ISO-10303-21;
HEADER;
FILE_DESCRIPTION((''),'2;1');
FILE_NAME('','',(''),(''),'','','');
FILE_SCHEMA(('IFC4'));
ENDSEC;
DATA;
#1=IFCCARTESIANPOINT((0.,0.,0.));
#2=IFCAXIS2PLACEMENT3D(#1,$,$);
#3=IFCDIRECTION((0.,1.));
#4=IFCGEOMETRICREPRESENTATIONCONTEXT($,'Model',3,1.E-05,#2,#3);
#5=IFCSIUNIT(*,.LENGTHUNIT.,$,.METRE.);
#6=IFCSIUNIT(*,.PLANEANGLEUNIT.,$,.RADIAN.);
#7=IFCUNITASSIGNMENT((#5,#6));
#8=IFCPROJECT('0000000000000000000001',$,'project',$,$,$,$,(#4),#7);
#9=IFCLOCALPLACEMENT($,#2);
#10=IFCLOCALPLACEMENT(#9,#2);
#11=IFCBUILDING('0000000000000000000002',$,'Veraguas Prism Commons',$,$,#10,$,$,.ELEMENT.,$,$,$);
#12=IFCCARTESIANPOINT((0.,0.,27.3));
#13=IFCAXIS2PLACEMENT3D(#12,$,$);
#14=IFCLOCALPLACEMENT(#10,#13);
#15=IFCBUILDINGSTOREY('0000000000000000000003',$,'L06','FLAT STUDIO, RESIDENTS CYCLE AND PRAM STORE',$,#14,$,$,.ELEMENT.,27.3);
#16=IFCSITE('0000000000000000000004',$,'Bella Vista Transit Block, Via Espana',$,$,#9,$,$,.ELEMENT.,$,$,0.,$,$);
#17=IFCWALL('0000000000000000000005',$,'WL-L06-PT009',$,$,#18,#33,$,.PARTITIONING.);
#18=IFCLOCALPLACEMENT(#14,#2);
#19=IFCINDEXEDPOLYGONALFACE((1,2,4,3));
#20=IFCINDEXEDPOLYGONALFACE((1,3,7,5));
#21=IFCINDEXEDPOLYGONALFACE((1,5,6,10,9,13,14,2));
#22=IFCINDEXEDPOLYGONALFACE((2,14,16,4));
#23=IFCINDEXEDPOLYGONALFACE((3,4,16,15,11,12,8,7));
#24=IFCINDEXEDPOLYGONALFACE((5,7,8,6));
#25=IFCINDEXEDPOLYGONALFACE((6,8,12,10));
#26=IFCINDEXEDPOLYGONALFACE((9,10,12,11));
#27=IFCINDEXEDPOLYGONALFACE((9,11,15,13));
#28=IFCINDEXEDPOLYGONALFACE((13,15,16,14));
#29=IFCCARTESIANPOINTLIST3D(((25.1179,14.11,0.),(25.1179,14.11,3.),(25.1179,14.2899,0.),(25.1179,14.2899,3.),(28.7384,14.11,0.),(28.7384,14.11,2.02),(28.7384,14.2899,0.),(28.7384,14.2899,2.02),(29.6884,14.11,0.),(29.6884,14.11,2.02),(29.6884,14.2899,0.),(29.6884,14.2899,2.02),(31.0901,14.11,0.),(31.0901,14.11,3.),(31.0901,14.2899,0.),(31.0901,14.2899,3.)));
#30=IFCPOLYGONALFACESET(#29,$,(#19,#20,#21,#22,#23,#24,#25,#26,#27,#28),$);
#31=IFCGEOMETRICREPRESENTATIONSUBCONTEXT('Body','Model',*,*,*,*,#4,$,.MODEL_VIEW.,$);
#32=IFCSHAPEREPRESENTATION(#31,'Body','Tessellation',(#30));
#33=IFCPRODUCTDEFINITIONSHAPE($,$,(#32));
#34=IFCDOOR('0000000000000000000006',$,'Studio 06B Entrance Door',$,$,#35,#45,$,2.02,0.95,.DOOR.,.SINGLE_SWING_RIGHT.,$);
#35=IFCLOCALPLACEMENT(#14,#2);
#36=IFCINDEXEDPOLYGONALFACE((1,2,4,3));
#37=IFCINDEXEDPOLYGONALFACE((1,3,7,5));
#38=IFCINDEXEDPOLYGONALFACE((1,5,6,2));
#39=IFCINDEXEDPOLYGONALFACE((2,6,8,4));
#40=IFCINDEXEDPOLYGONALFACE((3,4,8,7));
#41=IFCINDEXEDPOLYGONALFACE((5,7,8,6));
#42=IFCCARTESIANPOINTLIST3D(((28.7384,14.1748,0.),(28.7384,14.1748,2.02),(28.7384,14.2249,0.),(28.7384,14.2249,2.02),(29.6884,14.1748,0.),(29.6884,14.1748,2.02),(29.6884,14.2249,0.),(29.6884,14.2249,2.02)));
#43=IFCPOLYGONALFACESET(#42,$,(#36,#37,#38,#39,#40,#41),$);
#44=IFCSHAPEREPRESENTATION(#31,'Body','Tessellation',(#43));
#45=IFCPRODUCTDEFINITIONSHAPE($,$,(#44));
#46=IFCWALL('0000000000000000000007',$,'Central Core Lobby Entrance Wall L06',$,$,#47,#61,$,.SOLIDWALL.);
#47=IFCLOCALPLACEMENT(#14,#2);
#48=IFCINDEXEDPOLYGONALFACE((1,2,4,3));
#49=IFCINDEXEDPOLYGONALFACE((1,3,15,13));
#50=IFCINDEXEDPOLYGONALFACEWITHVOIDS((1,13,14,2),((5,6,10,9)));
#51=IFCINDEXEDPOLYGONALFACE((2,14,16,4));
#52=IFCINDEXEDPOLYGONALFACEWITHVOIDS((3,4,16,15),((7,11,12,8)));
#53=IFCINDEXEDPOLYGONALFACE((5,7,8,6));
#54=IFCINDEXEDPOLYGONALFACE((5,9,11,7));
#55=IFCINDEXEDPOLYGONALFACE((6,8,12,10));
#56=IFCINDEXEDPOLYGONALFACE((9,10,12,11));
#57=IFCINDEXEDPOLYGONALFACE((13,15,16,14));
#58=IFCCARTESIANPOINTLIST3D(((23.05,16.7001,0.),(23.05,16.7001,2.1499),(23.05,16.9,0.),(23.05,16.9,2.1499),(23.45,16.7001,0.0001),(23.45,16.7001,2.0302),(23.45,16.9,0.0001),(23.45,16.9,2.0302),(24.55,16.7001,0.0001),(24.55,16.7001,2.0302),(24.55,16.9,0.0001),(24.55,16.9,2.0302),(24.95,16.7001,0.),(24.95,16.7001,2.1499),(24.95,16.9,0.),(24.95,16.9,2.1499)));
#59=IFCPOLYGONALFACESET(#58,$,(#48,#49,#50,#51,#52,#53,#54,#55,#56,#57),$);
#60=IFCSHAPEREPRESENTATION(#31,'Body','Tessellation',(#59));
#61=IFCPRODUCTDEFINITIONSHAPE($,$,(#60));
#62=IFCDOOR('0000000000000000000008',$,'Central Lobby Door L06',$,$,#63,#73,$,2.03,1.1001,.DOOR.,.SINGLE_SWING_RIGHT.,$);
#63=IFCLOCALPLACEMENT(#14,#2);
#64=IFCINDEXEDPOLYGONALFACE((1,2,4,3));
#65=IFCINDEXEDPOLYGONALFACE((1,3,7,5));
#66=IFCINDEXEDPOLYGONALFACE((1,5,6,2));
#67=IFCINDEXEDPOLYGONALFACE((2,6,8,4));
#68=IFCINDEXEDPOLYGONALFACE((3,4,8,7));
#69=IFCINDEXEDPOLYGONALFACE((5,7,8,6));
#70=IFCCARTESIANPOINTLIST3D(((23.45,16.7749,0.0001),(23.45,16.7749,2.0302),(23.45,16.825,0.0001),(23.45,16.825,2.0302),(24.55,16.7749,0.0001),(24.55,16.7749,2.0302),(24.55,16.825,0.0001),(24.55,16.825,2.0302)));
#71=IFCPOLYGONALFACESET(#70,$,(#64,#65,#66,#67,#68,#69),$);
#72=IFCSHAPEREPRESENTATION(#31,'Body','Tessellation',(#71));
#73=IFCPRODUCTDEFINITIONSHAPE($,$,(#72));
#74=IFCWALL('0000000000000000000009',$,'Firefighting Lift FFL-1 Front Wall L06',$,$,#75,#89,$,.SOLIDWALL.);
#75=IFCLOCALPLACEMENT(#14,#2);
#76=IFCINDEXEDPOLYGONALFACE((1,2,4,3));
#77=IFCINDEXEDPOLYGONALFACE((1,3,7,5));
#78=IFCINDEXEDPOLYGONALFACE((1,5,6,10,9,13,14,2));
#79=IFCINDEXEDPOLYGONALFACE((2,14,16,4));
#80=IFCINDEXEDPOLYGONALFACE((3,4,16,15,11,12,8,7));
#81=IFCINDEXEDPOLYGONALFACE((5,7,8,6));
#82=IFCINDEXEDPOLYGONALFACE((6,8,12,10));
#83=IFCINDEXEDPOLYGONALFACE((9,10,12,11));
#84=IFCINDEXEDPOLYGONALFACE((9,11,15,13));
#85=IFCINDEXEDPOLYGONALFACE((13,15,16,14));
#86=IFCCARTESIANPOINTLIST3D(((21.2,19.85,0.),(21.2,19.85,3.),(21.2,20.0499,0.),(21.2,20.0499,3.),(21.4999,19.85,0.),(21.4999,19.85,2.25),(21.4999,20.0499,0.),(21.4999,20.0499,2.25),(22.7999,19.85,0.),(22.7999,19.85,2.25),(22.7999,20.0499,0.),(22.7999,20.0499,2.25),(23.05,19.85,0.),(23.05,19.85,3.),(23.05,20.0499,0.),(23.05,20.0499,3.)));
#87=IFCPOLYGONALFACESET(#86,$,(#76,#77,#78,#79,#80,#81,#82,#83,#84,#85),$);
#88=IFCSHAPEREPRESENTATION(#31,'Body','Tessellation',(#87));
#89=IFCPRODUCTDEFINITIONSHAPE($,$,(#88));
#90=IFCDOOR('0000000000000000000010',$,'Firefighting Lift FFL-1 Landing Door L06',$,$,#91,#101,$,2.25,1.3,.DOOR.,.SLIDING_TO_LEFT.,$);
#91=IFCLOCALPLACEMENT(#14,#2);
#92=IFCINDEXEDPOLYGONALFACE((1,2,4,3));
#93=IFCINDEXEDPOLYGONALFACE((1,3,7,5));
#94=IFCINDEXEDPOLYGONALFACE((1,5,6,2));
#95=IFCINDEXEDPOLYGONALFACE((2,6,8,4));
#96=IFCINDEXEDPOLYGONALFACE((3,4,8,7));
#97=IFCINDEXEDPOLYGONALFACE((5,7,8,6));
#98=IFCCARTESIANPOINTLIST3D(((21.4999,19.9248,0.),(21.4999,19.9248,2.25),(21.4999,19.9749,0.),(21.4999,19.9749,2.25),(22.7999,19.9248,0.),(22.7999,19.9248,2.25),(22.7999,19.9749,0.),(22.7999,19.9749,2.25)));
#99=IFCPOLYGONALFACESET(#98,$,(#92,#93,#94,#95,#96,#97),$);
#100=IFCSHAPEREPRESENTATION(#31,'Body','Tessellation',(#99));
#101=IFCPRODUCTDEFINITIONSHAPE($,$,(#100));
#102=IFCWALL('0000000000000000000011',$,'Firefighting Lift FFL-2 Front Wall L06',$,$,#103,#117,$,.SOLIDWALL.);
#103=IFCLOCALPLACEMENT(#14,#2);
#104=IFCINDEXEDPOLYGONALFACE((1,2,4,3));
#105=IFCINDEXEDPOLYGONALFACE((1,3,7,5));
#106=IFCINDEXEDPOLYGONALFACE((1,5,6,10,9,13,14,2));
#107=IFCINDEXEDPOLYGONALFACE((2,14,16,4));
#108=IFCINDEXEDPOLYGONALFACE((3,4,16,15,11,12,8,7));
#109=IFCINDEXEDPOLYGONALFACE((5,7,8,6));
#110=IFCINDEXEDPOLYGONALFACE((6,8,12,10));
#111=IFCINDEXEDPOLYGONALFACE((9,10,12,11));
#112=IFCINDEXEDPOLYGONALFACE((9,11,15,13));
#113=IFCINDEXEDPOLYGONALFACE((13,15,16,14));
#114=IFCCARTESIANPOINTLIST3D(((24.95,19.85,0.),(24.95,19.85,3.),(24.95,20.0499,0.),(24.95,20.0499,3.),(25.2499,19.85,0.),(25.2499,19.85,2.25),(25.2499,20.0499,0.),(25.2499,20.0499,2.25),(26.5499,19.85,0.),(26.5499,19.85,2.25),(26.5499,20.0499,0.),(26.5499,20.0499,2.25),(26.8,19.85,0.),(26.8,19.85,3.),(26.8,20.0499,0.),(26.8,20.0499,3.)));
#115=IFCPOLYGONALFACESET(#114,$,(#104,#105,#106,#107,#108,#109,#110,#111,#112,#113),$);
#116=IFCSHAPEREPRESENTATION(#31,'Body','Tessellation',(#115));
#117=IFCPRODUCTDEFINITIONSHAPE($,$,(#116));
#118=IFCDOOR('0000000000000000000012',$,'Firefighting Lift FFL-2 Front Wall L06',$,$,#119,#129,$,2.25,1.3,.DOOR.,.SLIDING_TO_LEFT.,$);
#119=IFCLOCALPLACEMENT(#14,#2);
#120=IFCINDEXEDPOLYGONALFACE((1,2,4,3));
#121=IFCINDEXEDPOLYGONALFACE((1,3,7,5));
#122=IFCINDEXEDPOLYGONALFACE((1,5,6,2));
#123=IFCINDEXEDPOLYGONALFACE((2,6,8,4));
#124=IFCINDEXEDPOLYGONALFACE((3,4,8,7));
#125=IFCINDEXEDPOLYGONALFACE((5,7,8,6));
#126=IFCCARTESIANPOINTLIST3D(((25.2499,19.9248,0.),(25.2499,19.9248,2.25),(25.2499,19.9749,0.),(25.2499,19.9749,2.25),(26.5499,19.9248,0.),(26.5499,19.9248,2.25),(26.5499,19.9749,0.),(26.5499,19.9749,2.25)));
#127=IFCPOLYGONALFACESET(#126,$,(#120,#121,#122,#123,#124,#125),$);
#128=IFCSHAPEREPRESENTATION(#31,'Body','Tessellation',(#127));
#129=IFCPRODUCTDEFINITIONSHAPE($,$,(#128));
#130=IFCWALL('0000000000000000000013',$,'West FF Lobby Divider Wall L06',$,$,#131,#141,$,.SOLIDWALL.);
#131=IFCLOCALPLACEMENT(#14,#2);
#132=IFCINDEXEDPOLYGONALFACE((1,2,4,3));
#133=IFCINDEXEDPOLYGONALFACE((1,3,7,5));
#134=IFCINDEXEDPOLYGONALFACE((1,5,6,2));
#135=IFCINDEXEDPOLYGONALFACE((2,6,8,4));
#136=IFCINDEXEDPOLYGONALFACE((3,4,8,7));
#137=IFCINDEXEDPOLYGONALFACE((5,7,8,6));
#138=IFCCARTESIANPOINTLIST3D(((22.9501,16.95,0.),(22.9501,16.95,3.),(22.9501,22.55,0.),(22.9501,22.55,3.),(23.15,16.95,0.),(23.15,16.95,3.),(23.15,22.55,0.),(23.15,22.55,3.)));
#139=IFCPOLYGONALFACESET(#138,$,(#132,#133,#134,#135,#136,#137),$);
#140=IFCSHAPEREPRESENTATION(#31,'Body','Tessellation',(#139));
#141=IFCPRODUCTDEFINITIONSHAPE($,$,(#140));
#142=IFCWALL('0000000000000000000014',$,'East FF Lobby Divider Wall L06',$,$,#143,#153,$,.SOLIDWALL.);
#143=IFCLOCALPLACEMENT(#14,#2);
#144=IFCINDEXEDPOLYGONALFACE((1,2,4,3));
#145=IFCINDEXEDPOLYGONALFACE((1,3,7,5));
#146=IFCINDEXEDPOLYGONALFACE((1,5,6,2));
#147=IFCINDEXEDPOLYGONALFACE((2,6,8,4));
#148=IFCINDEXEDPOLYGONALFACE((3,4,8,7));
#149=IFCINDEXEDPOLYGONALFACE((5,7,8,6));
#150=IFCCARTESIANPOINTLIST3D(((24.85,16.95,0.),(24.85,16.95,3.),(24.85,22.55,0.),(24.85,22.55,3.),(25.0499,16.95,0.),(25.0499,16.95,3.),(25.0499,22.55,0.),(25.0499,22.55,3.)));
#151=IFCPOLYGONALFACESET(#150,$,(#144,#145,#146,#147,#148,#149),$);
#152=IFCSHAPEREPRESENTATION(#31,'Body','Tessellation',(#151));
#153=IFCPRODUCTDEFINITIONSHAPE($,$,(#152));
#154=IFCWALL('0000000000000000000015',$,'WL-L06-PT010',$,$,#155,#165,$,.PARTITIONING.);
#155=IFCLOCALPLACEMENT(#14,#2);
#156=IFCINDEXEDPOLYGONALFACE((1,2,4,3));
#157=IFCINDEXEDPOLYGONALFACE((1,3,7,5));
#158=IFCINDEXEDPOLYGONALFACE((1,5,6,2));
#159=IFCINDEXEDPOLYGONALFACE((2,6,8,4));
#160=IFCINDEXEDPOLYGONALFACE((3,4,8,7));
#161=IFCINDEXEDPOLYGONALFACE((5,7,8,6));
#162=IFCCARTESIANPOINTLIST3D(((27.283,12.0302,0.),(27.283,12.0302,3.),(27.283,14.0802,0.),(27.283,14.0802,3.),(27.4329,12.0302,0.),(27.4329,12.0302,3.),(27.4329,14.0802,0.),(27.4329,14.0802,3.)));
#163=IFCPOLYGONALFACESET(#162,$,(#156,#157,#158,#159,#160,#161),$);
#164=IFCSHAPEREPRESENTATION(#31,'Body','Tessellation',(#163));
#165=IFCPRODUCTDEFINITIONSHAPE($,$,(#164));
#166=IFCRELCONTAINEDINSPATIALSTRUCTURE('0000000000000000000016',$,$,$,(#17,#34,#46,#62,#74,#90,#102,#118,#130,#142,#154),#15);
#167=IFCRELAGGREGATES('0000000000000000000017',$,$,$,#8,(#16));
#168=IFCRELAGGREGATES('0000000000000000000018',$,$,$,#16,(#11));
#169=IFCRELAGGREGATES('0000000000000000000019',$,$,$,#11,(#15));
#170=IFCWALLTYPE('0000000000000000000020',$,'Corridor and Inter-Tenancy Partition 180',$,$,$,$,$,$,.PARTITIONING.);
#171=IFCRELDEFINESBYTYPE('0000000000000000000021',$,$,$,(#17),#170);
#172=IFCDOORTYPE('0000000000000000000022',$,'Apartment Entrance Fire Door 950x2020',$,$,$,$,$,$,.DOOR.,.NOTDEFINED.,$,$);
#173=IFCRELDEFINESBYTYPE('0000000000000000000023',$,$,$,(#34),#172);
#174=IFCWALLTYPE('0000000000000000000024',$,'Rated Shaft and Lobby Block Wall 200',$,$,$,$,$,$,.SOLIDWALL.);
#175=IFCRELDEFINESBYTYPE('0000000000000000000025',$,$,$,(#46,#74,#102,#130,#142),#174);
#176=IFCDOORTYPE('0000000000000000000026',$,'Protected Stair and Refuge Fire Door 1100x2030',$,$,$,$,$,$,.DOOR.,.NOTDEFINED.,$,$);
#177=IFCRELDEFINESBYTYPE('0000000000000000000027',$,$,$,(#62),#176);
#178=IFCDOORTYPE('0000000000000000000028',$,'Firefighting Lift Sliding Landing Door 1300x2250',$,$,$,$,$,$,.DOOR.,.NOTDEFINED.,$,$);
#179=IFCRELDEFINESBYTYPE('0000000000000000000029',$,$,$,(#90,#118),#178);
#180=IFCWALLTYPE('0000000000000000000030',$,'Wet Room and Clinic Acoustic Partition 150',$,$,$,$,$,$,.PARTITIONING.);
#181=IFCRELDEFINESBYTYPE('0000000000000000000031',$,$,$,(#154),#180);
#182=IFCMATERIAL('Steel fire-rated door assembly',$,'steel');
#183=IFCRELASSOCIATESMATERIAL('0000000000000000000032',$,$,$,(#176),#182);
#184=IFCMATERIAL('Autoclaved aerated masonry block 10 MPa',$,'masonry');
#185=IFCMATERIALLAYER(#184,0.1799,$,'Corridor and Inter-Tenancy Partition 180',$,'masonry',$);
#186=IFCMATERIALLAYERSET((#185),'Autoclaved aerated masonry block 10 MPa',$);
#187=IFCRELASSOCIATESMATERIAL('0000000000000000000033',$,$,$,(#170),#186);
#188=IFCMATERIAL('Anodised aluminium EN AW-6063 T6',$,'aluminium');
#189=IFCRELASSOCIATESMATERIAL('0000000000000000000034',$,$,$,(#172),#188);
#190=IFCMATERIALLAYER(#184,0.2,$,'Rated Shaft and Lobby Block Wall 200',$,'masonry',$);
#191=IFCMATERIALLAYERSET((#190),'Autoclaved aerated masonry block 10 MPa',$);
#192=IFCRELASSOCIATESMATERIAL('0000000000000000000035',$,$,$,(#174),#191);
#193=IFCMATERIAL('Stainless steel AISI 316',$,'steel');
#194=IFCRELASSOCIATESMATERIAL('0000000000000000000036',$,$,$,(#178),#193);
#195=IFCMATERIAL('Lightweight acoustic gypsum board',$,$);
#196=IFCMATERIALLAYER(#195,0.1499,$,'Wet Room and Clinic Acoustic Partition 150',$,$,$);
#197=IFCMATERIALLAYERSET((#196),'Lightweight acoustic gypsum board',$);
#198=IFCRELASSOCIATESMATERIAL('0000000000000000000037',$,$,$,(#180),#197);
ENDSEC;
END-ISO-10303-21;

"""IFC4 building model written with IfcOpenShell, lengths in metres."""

from ifc_helpers import new_model, si_unit, direction, frame, frame_2d, origin, place, context, subcontext, project, spatial, rectangle, extrude, source, transform, mapped, material, layer, layer_set, type_object, element, fill, save


model = new_model("IFC4")

# Units and contexts
model_context = context("Model", 3, precision=1e-05, world=origin(), true_north=direction((0.0, 1.0)))
body_context = subcontext(model_context, "Body", "Model", "MODEL_VIEW")
ifc_project = project(units=[si_unit("LENGTHUNIT", "METRE"), si_unit("PLANEANGLEUNIT", "RADIAN")], contexts=[model_context])

# Site, building, storey
site_placement = place(None, origin())
site = spatial("IfcSite", under=ifc_project, at=site_placement, Name="Bella Vista Transit Block, Via Espana", CompositionType="ELEMENT", RefElevation=0.0)
building_placement = place(site_placement, origin())
building = spatial("IfcBuilding", under=site, at=building_placement, Name="Veraguas Prism Commons", CompositionType="ELEMENT")
storey_placement = place(building_placement, frame((0.0, 0.0, 27.3)))
storey = spatial("IfcBuildingStorey", under=building, at=storey_placement, Name="L06", Description="FLAT STUDIO, RESIDENTS CYCLE AND PRAM STORE", CompositionType="ELEMENT", Elevation=27.3)

# Shared definitions
ifc_material_1 = material(Name="Steel fire-rated door assembly", Category="steel")
door_type_1 = type_object("IfcDoorType", Name="Protected Stair and Refuge Fire Door 1100x2030", OperationType="NOTDEFINED", PredefinedType="DOOR", material=ifc_material_1)
shared_shape_1 = source(origin(), body_context, "Body", "SweptSolid", [
    extrude(rectangle(XDim=1.1001, YDim=2.03, at=frame_2d((0.55, 1.0151))), frame((0.0, 0.0249, 0.0), z_axis=(0.0, -1.0, 0.0), x_axis=(1.0, 0.0, 0.0)), (0.0, 0.0, 1.0), 0.05),
])

# Shared definitions
ifc_material_2 = material(Name="Autoclaved aerated masonry block 10 MPa", Category="masonry")
ifc_layer_1 = layer(ifc_material_2, 0.1799, Name="Corridor and Inter-Tenancy Partition 180", Category="masonry")
ifc_layer_set_1 = layer_set([ifc_layer_1], Name="Autoclaved aerated masonry block 10 MPa")
wall_type_1 = type_object("IfcWallType", Name="Corridor and Inter-Tenancy Partition 180", PredefinedType="PARTITIONING", material=ifc_layer_set_1)

# Walls, openings, doors
wall_1_placement = place(storey_placement, frame((25.1179, 14.2, 0.0), z_axis=(0.0, 0.0, 1.0), x_axis=(1.0, 0.0, 0.0)))
wall_1 = element("IfcWall", 1, at=wall_1_placement, inside=storey, type_object=wall_type_1, Name="WL-L06-PT009", PredefinedType="PARTITIONING", context=body_context, shape_type="SweptSolid", body=[
    extrude(rectangle(XDim=5.9722, YDim=0.1799, at=frame_2d((2.9861, 0.0))), origin(), (0.0, 0.0, 1.0), 3.0),
])
opening_1_placement = place(wall_1_placement, frame((3.6204, 0.0, 0.0)))
opening_1 = element("IfcOpeningElement", 2, at=opening_1_placement, cuts=wall_1, PredefinedType="OPENING", context=body_context, shape_type="SweptSolid", body=[
    extrude(rectangle(XDim=0.95, YDim=2.02, at=frame_2d((0.4751, 1.01))), frame((0.0, 0.0999, 0.0), z_axis=(0.0, -1.0, 0.0), x_axis=(1.0, 0.0, 0.0)), (0.0, 0.0, 1.0), 0.2),
])
ifc_material_3 = material(Name="Anodised aluminium EN AW-6063 T6", Category="aluminium")
door_type_2 = type_object("IfcDoorType", Name="Apartment Entrance Fire Door 950x2020", OperationType="NOTDEFINED", PredefinedType="DOOR", material=ifc_material_3)
shared_shape_2 = source(origin(), body_context, "Body", "SweptSolid", [
    extrude(rectangle(XDim=0.95, YDim=2.02, at=frame_2d((0.4751, 1.01))), frame((0.0, 0.0249, 0.0), z_axis=(0.0, -1.0, 0.0), x_axis=(1.0, 0.0, 0.0)), (0.0, 0.0, 1.0), 0.05),
])
door_1_placement = place(opening_1_placement, origin())
door_1 = element("IfcDoor", 3, at=door_1_placement, inside=storey, type_object=door_type_2, Name="Studio 06B Entrance Door", OperationType="SINGLE_SWING_RIGHT", OverallHeight=2.02, OverallWidth=0.95, PredefinedType="DOOR", context=body_context, shape_type="MappedRepresentation", body=[
    mapped(shared_shape_2, transform((0.0, 0.0, 0.0), scale=1.0)),
])
fill(opening_1, door_1)
ifc_layer_2 = layer(ifc_material_2, 0.2, Name="Rated Shaft and Lobby Block Wall 200", Category="masonry")
ifc_layer_set_2 = layer_set([ifc_layer_2], Name="Autoclaved aerated masonry block 10 MPa")
wall_type_2 = type_object("IfcWallType", Name="Rated Shaft and Lobby Block Wall 200", PredefinedType="SOLIDWALL", material=ifc_layer_set_2)
wall_2_placement = place(storey_placement, frame((23.05, 16.8, 0.0), z_axis=(0.0, 0.0, 1.0), x_axis=(1.0, 0.0, 0.0)))
wall_2 = element("IfcWall", 4, at=wall_2_placement, inside=storey, type_object=wall_type_2, Name="Central Core Lobby Entrance Wall L06", PredefinedType="SOLIDWALL", context=body_context, shape_type="SweptSolid", body=[
    extrude(rectangle(XDim=1.8999, YDim=0.2, at=frame_2d((0.95, 0.0))), origin(), (0.0, 0.0, 1.0), 2.1499),
])
opening_2_placement = place(wall_2_placement, frame((0.3999, 0.0, 0.0)))
opening_2 = element("IfcOpeningElement", 5, at=opening_2_placement, cuts=wall_2, PredefinedType="OPENING", context=body_context, shape_type="SweptSolid", body=[
    extrude(rectangle(XDim=1.1001, YDim=2.03, at=frame_2d((0.55, 1.0151))), frame((0.0, 0.1099, 0.0), z_axis=(0.0, -1.0, 0.0), x_axis=(1.0, 0.0, 0.0)), (0.0, 0.0, 1.0), 0.22),
])
door_2_placement = place(opening_2_placement, origin())
door_2 = element("IfcDoor", 6, at=door_2_placement, inside=storey, type_object=door_type_1, Name="Central Lobby Door L06", OperationType="SINGLE_SWING_RIGHT", OverallHeight=2.03, OverallWidth=1.1001, PredefinedType="DOOR", context=body_context, shape_type="MappedRepresentation", body=[
    mapped(shared_shape_1, transform((0.0, 0.0, 0.0), scale=1.0)),
])
fill(opening_2, door_2)
wall_3_placement = place(storey_placement, frame((21.2, 19.95, 0.0), z_axis=(0.0, 0.0, 1.0), x_axis=(1.0, 0.0, 0.0)))
wall_3 = element("IfcWall", 7, at=wall_3_placement, inside=storey, type_object=wall_type_2, Name="Firefighting Lift FFL-1 Front Wall L06", PredefinedType="SOLIDWALL", context=body_context, shape_type="SweptSolid", body=[
    extrude(rectangle(XDim=1.8501, YDim=0.2, at=frame_2d((0.925, 0.0))), origin(), (0.0, 0.0, 1.0), 3.0),
])
opening_3_placement = place(wall_3_placement, frame((0.3, 0.0, 0.0)))
opening_3 = element("IfcOpeningElement", 8, at=opening_3_placement, cuts=wall_3, PredefinedType="OPENING", context=body_context, shape_type="SweptSolid", body=[
    extrude(rectangle(XDim=1.3, YDim=2.25, at=frame_2d((0.6499, 1.125))), frame((0.0, 0.1099, 0.0), z_axis=(0.0, -1.0, 0.0), x_axis=(1.0, 0.0, 0.0)), (0.0, 0.0, 1.0), 0.22),
])
ifc_material_4 = material(Name="Stainless steel AISI 316", Category="steel")
door_type_3 = type_object("IfcDoorType", Name="Firefighting Lift Sliding Landing Door 1300x2250", OperationType="NOTDEFINED", PredefinedType="DOOR", material=ifc_material_4)
shared_shape_3 = source(origin(), body_context, "Body", "SweptSolid", [
    extrude(rectangle(XDim=1.3, YDim=2.25, at=frame_2d((0.6499, 1.125))), frame((0.0, 0.0249, 0.0), z_axis=(0.0, -1.0, 0.0), x_axis=(1.0, 0.0, 0.0)), (0.0, 0.0, 1.0), 0.05),
])
door_3_placement = place(opening_3_placement, origin())
door_3 = element("IfcDoor", 9, at=door_3_placement, inside=storey, type_object=door_type_3, Name="Firefighting Lift FFL-1 Landing Door L06", OperationType="SLIDING_TO_LEFT", OverallHeight=2.25, OverallWidth=1.3, PredefinedType="DOOR", context=body_context, shape_type="MappedRepresentation", body=[
    mapped(shared_shape_3, transform((0.0, 0.0, 0.0), scale=1.0)),
])
fill(opening_3, door_3)
wall_4_placement = place(storey_placement, frame((24.95, 19.95, 0.0), z_axis=(0.0, 0.0, 1.0), x_axis=(1.0, 0.0, 0.0)))
wall_4 = element("IfcWall", 10, at=wall_4_placement, inside=storey, type_object=wall_type_2, Name="Firefighting Lift FFL-2 Front Wall L06", PredefinedType="SOLIDWALL", context=body_context, shape_type="SweptSolid", body=[
    extrude(rectangle(XDim=1.8501, YDim=0.2, at=frame_2d((0.925, 0.0))), origin(), (0.0, 0.0, 1.0), 3.0),
])
opening_4_placement = place(wall_4_placement, frame((0.3, 0.0, 0.0)))
opening_4 = element("IfcOpeningElement", 11, at=opening_4_placement, cuts=wall_4, PredefinedType="OPENING", context=body_context, shape_type="SweptSolid", body=[
    extrude(rectangle(XDim=1.3, YDim=2.25, at=frame_2d((0.6499, 1.125))), frame((0.0, 0.1099, 0.0), z_axis=(0.0, -1.0, 0.0), x_axis=(1.0, 0.0, 0.0)), (0.0, 0.0, 1.0), 0.22),
])
door_4_placement = place(opening_4_placement, origin())
door_4 = element("IfcDoor", 12, at=door_4_placement, inside=storey, type_object=door_type_3, Name="Firefighting Lift FFL-2 Front Wall L06", OperationType="SLIDING_TO_LEFT", OverallHeight=2.25, OverallWidth=1.3, PredefinedType="DOOR", context=body_context, shape_type="MappedRepresentation", body=[
    mapped(shared_shape_3, transform((0.0, 0.0, 0.0), scale=1.0)),
])
fill(opening_4, door_4)

# Walls
for number, where, z_axis, x_axis, name in (
    (13, (23.05, 16.95, 0.0), (0.0, 0.0, 1.0), (0.0, 1.0, 0.0), "West FF Lobby Divider Wall L06"),
    (14, (24.95, 16.95, 0.0), (0.0, 0.0, 1.0), (0.0, 1.0, 0.0), "East FF Lobby Divider Wall L06"),
):
    element("IfcWall", number, at=place(storey_placement, frame(where, z_axis=z_axis, x_axis=x_axis)), inside=storey, type_object=wall_type_2, Name=name, PredefinedType="SOLIDWALL", context=body_context, shape_type="SweptSolid", body=[
        extrude(rectangle(XDim=5.6001, YDim=0.2, at=frame_2d((2.8, 0.0))), origin(), (0.0, 0.0, 1.0), 3.0),
    ])
ifc_material_5 = material(Name="Lightweight acoustic gypsum board")
ifc_layer_3 = layer(ifc_material_5, 0.1499, Name="Wet Room and Clinic Acoustic Partition 150")
ifc_layer_set_3 = layer_set([ifc_layer_3], Name="Lightweight acoustic gypsum board")
wall_type_3 = type_object("IfcWallType", Name="Wet Room and Clinic Acoustic Partition 150", PredefinedType="PARTITIONING", material=ifc_layer_set_3)
wall_5_placement = place(storey_placement, frame((27.3579, 14.0801, 0.0), z_axis=(0.0, 0.0, 1.0), x_axis=(0.0, -1.0, 0.0)))
element("IfcWall", 15, at=wall_5_placement, inside=storey, type_object=wall_type_3, Name="WL-L06-PT010", PredefinedType="PARTITIONING", context=body_context, shape_type="SweptSolid", body=[
    extrude(rectangle(XDim=2.05, YDim=0.1499, at=frame_2d((1.0249, 0.0))), origin(), (0.0, 0.0, 1.0), 3.0),
])

save(model, "model.ifc")
